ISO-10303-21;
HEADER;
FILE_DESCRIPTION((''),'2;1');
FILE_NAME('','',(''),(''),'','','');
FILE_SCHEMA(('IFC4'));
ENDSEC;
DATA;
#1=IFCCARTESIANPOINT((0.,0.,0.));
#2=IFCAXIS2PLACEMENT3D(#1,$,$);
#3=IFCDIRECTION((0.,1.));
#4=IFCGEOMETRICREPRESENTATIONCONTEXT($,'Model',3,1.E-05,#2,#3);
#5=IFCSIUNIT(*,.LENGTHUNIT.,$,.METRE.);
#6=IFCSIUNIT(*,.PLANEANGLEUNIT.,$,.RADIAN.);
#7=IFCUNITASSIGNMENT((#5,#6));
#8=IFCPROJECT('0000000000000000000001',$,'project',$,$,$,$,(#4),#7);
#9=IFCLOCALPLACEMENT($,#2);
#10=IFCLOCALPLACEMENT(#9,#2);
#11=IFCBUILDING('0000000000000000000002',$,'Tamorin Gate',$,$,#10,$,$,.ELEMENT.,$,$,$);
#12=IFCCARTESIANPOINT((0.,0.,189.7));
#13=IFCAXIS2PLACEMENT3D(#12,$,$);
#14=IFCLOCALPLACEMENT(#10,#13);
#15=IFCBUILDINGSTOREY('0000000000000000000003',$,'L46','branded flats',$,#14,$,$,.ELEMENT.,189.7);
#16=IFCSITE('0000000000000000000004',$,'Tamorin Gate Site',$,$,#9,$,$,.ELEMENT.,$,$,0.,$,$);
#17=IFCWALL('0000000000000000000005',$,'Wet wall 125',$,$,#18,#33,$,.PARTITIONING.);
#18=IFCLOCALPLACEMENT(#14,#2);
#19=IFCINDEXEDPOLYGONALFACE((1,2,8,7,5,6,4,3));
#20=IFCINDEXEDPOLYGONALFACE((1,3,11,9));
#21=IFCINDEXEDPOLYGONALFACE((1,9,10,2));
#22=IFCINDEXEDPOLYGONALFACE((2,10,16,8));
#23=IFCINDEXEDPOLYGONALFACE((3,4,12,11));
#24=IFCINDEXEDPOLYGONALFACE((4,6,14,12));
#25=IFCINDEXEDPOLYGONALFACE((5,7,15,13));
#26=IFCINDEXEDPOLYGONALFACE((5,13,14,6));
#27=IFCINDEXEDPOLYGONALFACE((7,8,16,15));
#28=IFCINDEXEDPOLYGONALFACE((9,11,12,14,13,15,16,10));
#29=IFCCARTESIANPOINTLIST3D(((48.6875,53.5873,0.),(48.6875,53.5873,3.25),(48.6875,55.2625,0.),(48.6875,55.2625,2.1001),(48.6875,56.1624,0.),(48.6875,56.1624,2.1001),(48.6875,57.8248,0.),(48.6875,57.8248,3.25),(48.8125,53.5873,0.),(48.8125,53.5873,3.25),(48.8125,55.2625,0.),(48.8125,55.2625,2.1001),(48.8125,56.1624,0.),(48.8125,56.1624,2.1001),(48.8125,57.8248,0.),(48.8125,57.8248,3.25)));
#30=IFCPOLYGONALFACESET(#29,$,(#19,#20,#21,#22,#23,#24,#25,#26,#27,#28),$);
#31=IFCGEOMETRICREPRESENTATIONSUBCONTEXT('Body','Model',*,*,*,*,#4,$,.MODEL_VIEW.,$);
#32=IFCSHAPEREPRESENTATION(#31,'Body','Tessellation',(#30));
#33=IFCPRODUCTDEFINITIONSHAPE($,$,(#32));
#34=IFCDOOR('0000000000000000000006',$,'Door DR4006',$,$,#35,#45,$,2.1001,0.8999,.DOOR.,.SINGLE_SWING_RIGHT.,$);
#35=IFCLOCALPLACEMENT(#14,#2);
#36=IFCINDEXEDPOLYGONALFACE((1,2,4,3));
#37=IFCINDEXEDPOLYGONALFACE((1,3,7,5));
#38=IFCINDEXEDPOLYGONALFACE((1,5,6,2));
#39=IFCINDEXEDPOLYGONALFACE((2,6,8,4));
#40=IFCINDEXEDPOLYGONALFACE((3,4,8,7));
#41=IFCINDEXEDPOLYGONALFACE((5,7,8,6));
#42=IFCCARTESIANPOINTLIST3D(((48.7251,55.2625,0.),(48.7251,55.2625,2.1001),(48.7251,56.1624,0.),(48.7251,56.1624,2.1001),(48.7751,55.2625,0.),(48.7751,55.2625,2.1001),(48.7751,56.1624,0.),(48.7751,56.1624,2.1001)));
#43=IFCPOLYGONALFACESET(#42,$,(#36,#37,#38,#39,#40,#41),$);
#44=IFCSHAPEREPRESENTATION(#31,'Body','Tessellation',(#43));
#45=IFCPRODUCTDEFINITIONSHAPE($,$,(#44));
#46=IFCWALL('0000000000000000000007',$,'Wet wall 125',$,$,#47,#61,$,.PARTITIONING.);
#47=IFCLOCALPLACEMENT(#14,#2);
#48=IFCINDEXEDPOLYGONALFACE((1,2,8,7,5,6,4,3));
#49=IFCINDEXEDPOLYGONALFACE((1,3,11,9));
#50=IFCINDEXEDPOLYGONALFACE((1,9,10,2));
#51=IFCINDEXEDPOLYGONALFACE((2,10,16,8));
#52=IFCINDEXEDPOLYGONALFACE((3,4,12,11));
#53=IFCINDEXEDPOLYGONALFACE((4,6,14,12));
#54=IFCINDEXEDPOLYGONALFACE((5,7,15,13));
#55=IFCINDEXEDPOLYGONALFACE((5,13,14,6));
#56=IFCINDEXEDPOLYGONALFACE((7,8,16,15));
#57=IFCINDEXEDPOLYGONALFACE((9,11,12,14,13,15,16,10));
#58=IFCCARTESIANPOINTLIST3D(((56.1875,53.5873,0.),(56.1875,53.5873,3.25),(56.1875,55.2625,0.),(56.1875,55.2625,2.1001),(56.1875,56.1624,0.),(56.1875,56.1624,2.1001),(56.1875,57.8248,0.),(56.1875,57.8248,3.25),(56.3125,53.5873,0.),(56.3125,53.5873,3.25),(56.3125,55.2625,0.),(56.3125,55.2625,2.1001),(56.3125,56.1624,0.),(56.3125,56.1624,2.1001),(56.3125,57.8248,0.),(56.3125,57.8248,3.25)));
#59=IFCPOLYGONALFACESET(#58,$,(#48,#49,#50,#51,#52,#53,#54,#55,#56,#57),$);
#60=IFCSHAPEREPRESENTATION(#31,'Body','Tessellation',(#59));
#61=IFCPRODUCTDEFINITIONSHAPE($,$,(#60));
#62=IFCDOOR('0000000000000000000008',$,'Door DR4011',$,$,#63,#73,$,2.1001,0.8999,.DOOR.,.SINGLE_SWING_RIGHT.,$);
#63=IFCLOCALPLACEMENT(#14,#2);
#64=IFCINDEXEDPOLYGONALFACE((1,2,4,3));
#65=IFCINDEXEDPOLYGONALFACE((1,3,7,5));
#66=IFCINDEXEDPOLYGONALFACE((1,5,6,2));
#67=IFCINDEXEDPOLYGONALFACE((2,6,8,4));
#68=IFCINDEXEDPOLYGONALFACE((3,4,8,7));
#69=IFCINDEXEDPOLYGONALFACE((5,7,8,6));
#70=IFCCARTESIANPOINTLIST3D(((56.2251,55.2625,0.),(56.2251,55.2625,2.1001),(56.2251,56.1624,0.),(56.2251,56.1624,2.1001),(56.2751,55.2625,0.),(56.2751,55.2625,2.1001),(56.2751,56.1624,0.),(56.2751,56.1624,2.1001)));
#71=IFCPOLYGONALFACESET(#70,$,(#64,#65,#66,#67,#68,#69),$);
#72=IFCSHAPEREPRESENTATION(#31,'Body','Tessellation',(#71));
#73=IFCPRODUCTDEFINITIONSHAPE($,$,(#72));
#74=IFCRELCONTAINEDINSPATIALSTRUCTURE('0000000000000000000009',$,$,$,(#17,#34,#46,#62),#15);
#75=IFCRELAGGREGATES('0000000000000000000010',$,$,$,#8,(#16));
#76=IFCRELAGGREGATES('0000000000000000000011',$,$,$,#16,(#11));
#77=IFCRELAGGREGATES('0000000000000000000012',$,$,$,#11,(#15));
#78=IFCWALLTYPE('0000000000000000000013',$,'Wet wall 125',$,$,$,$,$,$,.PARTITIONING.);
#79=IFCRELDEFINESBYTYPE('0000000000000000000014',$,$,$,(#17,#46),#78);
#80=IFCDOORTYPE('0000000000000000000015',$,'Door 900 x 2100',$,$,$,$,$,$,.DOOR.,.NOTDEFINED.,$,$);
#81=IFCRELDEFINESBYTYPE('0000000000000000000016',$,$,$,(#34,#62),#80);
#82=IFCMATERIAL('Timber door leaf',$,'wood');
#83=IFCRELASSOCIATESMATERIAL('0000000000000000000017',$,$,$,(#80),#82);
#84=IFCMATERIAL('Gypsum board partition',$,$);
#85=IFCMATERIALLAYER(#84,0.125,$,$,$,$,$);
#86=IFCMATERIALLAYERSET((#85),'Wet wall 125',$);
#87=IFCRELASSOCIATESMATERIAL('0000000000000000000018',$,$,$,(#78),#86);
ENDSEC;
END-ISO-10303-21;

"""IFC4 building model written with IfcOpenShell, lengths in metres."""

from ifc_helpers import new_model, si_unit, direction, frame, frame_2d, origin, place, context, subcontext, project, spatial, rectangle, extrude, material, layer, layer_set, type_object, element, fill, save


model = new_model("IFC4")

# Units and contexts
model_context = context("Model", 3, precision=1e-05, world=origin(), true_north=direction((0.0, 1.0)))
body_context = subcontext(model_context, "Body", "Model", "MODEL_VIEW")
ifc_project = project(units=[si_unit("LENGTHUNIT", "METRE"), si_unit("PLANEANGLEUNIT", "RADIAN")], contexts=[model_context])

# Site, building, storey
site_placement = place(None, origin())
site = spatial("IfcSite", under=ifc_project, at=site_placement, Name="Tamorin Gate Site", CompositionType="ELEMENT", RefElevation=0.0)
building_placement = place(site_placement, origin())
building = spatial("IfcBuilding", under=site, at=building_placement, Name="Tamorin Gate", CompositionType="ELEMENT")
storey_placement = place(building_placement, frame((0.0, 0.0, 189.7)))
storey = spatial("IfcBuildingStorey", under=building, at=storey_placement, Name="L46", Description="branded flats", CompositionType="ELEMENT", Elevation=189.7)

# Shared definitions
ifc_material_1 = material(Name="Gypsum board partition")

# Shared definitions
ifc_material_2 = material(Name="Timber door leaf", Category="wood")
door_type = type_object("IfcDoorType", Name="Door 900 x 2100", OperationType="NOTDEFINED", PredefinedType="DOOR", material=ifc_material_2)

# Shared definitions
ifc_layer_1 = layer(ifc_material_1, 0.125)
ifc_layer_set_1 = layer_set([ifc_layer_1], Name="Wet wall 125")
wall_type_1 = type_object("IfcWallType", Name="Wet wall 125", PredefinedType="PARTITIONING", material=ifc_layer_set_1)

# Walls, openings, doors
wall_1_placement = place(storey_placement, frame((48.75, 53.5874, 0.0), z_axis=(0.0, 0.0, 1.0), x_axis=(0.0, 1.0, 0.0)))
wall_1 = element("IfcWall", 1, at=wall_1_placement, inside=storey, type_object=wall_type_1, Name="Wet wall 125", PredefinedType="PARTITIONING", context=body_context, shape_type="SweptSolid", body=[
    extrude(rectangle(XDim=4.2375, YDim=0.125, at=frame_2d((2.1187, 0.0))), origin(), (0.0, 0.0, 1.0), 3.25),
])
opening_1_placement = place(wall_1_placement, frame((1.675, 0.0, 0.0)))
opening_1 = element("IfcOpeningElement", 2, at=opening_1_placement, cuts=wall_1, PredefinedType="OPENING", context=body_context, shape_type="SweptSolid", body=[
    extrude(rectangle(XDim=0.8999, YDim=2.1001, at=frame_2d((0.45, 1.05))), frame((0.0, 0.0725, 0.0), z_axis=(0.0, -1.0, 0.0), x_axis=(1.0, 0.0, 0.0)), (0.0, 0.0, 1.0), 0.145),
])
door_1_placement = place(opening_1_placement, origin())
door_1 = element("IfcDoor", 3, at=door_1_placement, inside=storey, type_object=door_type, Name="Door DR4006", OperationType="SINGLE_SWING_RIGHT", OverallHeight=2.1001, OverallWidth=0.8999, PredefinedType="DOOR", context=body_context, shape_type="SweptSolid", body=[
    extrude(rectangle(XDim=0.8999, YDim=2.1001, at=frame_2d((0.45, 1.05))), frame((0.0, 0.0249, 0.0), z_axis=(0.0, -1.0, 0.0), x_axis=(1.0, 0.0, 0.0)), (0.0, 0.0, 1.0), 0.05),
])
fill(opening_1, door_1)
wall_2_placement = place(storey_placement, frame((56.25, 53.5874, 0.0), z_axis=(0.0, 0.0, 1.0), x_axis=(0.0, 1.0, 0.0)))
wall_2 = element("IfcWall", 4, at=wall_2_placement, inside=storey, type_object=wall_type_1, Name="Wet wall 125", PredefinedType="PARTITIONING", context=body_context, shape_type="SweptSolid", body=[
    extrude(rectangle(XDim=4.2375, YDim=0.125, at=frame_2d((2.1187, 0.0))), origin(), (0.0, 0.0, 1.0), 3.25),
])
opening_2_placement = place(wall_2_placement, frame((1.675, 0.0, 0.0)))
opening_2 = element("IfcOpeningElement", 5, at=opening_2_placement, cuts=wall_2, PredefinedType="OPENING", context=body_context, shape_type="SweptSolid", body=[
    extrude(rectangle(XDim=0.8999, YDim=2.1001, at=frame_2d((0.45, 1.05))), frame((0.0, 0.0725, 0.0), z_axis=(0.0, -1.0, 0.0), x_axis=(1.0, 0.0, 0.0)), (0.0, 0.0, 1.0), 0.145),
])
door_2_placement = place(opening_2_placement, origin())
door_2 = element("IfcDoor", 6, at=door_2_placement, inside=storey, type_object=door_type, Name="Door DR4011", OperationType="SINGLE_SWING_RIGHT", OverallHeight=2.1001, OverallWidth=0.8999, PredefinedType="DOOR", context=body_context, shape_type="SweptSolid", body=[
    extrude(rectangle(XDim=0.8999, YDim=2.1001, at=frame_2d((0.45, 1.05))), frame((0.0, 0.0249, 0.0), z_axis=(0.0, -1.0, 0.0), x_axis=(1.0, 0.0, 0.0)), (0.0, 0.0, 1.0), 0.05),
])
fill(opening_2, door_2)

save(model, "model.ifc")
